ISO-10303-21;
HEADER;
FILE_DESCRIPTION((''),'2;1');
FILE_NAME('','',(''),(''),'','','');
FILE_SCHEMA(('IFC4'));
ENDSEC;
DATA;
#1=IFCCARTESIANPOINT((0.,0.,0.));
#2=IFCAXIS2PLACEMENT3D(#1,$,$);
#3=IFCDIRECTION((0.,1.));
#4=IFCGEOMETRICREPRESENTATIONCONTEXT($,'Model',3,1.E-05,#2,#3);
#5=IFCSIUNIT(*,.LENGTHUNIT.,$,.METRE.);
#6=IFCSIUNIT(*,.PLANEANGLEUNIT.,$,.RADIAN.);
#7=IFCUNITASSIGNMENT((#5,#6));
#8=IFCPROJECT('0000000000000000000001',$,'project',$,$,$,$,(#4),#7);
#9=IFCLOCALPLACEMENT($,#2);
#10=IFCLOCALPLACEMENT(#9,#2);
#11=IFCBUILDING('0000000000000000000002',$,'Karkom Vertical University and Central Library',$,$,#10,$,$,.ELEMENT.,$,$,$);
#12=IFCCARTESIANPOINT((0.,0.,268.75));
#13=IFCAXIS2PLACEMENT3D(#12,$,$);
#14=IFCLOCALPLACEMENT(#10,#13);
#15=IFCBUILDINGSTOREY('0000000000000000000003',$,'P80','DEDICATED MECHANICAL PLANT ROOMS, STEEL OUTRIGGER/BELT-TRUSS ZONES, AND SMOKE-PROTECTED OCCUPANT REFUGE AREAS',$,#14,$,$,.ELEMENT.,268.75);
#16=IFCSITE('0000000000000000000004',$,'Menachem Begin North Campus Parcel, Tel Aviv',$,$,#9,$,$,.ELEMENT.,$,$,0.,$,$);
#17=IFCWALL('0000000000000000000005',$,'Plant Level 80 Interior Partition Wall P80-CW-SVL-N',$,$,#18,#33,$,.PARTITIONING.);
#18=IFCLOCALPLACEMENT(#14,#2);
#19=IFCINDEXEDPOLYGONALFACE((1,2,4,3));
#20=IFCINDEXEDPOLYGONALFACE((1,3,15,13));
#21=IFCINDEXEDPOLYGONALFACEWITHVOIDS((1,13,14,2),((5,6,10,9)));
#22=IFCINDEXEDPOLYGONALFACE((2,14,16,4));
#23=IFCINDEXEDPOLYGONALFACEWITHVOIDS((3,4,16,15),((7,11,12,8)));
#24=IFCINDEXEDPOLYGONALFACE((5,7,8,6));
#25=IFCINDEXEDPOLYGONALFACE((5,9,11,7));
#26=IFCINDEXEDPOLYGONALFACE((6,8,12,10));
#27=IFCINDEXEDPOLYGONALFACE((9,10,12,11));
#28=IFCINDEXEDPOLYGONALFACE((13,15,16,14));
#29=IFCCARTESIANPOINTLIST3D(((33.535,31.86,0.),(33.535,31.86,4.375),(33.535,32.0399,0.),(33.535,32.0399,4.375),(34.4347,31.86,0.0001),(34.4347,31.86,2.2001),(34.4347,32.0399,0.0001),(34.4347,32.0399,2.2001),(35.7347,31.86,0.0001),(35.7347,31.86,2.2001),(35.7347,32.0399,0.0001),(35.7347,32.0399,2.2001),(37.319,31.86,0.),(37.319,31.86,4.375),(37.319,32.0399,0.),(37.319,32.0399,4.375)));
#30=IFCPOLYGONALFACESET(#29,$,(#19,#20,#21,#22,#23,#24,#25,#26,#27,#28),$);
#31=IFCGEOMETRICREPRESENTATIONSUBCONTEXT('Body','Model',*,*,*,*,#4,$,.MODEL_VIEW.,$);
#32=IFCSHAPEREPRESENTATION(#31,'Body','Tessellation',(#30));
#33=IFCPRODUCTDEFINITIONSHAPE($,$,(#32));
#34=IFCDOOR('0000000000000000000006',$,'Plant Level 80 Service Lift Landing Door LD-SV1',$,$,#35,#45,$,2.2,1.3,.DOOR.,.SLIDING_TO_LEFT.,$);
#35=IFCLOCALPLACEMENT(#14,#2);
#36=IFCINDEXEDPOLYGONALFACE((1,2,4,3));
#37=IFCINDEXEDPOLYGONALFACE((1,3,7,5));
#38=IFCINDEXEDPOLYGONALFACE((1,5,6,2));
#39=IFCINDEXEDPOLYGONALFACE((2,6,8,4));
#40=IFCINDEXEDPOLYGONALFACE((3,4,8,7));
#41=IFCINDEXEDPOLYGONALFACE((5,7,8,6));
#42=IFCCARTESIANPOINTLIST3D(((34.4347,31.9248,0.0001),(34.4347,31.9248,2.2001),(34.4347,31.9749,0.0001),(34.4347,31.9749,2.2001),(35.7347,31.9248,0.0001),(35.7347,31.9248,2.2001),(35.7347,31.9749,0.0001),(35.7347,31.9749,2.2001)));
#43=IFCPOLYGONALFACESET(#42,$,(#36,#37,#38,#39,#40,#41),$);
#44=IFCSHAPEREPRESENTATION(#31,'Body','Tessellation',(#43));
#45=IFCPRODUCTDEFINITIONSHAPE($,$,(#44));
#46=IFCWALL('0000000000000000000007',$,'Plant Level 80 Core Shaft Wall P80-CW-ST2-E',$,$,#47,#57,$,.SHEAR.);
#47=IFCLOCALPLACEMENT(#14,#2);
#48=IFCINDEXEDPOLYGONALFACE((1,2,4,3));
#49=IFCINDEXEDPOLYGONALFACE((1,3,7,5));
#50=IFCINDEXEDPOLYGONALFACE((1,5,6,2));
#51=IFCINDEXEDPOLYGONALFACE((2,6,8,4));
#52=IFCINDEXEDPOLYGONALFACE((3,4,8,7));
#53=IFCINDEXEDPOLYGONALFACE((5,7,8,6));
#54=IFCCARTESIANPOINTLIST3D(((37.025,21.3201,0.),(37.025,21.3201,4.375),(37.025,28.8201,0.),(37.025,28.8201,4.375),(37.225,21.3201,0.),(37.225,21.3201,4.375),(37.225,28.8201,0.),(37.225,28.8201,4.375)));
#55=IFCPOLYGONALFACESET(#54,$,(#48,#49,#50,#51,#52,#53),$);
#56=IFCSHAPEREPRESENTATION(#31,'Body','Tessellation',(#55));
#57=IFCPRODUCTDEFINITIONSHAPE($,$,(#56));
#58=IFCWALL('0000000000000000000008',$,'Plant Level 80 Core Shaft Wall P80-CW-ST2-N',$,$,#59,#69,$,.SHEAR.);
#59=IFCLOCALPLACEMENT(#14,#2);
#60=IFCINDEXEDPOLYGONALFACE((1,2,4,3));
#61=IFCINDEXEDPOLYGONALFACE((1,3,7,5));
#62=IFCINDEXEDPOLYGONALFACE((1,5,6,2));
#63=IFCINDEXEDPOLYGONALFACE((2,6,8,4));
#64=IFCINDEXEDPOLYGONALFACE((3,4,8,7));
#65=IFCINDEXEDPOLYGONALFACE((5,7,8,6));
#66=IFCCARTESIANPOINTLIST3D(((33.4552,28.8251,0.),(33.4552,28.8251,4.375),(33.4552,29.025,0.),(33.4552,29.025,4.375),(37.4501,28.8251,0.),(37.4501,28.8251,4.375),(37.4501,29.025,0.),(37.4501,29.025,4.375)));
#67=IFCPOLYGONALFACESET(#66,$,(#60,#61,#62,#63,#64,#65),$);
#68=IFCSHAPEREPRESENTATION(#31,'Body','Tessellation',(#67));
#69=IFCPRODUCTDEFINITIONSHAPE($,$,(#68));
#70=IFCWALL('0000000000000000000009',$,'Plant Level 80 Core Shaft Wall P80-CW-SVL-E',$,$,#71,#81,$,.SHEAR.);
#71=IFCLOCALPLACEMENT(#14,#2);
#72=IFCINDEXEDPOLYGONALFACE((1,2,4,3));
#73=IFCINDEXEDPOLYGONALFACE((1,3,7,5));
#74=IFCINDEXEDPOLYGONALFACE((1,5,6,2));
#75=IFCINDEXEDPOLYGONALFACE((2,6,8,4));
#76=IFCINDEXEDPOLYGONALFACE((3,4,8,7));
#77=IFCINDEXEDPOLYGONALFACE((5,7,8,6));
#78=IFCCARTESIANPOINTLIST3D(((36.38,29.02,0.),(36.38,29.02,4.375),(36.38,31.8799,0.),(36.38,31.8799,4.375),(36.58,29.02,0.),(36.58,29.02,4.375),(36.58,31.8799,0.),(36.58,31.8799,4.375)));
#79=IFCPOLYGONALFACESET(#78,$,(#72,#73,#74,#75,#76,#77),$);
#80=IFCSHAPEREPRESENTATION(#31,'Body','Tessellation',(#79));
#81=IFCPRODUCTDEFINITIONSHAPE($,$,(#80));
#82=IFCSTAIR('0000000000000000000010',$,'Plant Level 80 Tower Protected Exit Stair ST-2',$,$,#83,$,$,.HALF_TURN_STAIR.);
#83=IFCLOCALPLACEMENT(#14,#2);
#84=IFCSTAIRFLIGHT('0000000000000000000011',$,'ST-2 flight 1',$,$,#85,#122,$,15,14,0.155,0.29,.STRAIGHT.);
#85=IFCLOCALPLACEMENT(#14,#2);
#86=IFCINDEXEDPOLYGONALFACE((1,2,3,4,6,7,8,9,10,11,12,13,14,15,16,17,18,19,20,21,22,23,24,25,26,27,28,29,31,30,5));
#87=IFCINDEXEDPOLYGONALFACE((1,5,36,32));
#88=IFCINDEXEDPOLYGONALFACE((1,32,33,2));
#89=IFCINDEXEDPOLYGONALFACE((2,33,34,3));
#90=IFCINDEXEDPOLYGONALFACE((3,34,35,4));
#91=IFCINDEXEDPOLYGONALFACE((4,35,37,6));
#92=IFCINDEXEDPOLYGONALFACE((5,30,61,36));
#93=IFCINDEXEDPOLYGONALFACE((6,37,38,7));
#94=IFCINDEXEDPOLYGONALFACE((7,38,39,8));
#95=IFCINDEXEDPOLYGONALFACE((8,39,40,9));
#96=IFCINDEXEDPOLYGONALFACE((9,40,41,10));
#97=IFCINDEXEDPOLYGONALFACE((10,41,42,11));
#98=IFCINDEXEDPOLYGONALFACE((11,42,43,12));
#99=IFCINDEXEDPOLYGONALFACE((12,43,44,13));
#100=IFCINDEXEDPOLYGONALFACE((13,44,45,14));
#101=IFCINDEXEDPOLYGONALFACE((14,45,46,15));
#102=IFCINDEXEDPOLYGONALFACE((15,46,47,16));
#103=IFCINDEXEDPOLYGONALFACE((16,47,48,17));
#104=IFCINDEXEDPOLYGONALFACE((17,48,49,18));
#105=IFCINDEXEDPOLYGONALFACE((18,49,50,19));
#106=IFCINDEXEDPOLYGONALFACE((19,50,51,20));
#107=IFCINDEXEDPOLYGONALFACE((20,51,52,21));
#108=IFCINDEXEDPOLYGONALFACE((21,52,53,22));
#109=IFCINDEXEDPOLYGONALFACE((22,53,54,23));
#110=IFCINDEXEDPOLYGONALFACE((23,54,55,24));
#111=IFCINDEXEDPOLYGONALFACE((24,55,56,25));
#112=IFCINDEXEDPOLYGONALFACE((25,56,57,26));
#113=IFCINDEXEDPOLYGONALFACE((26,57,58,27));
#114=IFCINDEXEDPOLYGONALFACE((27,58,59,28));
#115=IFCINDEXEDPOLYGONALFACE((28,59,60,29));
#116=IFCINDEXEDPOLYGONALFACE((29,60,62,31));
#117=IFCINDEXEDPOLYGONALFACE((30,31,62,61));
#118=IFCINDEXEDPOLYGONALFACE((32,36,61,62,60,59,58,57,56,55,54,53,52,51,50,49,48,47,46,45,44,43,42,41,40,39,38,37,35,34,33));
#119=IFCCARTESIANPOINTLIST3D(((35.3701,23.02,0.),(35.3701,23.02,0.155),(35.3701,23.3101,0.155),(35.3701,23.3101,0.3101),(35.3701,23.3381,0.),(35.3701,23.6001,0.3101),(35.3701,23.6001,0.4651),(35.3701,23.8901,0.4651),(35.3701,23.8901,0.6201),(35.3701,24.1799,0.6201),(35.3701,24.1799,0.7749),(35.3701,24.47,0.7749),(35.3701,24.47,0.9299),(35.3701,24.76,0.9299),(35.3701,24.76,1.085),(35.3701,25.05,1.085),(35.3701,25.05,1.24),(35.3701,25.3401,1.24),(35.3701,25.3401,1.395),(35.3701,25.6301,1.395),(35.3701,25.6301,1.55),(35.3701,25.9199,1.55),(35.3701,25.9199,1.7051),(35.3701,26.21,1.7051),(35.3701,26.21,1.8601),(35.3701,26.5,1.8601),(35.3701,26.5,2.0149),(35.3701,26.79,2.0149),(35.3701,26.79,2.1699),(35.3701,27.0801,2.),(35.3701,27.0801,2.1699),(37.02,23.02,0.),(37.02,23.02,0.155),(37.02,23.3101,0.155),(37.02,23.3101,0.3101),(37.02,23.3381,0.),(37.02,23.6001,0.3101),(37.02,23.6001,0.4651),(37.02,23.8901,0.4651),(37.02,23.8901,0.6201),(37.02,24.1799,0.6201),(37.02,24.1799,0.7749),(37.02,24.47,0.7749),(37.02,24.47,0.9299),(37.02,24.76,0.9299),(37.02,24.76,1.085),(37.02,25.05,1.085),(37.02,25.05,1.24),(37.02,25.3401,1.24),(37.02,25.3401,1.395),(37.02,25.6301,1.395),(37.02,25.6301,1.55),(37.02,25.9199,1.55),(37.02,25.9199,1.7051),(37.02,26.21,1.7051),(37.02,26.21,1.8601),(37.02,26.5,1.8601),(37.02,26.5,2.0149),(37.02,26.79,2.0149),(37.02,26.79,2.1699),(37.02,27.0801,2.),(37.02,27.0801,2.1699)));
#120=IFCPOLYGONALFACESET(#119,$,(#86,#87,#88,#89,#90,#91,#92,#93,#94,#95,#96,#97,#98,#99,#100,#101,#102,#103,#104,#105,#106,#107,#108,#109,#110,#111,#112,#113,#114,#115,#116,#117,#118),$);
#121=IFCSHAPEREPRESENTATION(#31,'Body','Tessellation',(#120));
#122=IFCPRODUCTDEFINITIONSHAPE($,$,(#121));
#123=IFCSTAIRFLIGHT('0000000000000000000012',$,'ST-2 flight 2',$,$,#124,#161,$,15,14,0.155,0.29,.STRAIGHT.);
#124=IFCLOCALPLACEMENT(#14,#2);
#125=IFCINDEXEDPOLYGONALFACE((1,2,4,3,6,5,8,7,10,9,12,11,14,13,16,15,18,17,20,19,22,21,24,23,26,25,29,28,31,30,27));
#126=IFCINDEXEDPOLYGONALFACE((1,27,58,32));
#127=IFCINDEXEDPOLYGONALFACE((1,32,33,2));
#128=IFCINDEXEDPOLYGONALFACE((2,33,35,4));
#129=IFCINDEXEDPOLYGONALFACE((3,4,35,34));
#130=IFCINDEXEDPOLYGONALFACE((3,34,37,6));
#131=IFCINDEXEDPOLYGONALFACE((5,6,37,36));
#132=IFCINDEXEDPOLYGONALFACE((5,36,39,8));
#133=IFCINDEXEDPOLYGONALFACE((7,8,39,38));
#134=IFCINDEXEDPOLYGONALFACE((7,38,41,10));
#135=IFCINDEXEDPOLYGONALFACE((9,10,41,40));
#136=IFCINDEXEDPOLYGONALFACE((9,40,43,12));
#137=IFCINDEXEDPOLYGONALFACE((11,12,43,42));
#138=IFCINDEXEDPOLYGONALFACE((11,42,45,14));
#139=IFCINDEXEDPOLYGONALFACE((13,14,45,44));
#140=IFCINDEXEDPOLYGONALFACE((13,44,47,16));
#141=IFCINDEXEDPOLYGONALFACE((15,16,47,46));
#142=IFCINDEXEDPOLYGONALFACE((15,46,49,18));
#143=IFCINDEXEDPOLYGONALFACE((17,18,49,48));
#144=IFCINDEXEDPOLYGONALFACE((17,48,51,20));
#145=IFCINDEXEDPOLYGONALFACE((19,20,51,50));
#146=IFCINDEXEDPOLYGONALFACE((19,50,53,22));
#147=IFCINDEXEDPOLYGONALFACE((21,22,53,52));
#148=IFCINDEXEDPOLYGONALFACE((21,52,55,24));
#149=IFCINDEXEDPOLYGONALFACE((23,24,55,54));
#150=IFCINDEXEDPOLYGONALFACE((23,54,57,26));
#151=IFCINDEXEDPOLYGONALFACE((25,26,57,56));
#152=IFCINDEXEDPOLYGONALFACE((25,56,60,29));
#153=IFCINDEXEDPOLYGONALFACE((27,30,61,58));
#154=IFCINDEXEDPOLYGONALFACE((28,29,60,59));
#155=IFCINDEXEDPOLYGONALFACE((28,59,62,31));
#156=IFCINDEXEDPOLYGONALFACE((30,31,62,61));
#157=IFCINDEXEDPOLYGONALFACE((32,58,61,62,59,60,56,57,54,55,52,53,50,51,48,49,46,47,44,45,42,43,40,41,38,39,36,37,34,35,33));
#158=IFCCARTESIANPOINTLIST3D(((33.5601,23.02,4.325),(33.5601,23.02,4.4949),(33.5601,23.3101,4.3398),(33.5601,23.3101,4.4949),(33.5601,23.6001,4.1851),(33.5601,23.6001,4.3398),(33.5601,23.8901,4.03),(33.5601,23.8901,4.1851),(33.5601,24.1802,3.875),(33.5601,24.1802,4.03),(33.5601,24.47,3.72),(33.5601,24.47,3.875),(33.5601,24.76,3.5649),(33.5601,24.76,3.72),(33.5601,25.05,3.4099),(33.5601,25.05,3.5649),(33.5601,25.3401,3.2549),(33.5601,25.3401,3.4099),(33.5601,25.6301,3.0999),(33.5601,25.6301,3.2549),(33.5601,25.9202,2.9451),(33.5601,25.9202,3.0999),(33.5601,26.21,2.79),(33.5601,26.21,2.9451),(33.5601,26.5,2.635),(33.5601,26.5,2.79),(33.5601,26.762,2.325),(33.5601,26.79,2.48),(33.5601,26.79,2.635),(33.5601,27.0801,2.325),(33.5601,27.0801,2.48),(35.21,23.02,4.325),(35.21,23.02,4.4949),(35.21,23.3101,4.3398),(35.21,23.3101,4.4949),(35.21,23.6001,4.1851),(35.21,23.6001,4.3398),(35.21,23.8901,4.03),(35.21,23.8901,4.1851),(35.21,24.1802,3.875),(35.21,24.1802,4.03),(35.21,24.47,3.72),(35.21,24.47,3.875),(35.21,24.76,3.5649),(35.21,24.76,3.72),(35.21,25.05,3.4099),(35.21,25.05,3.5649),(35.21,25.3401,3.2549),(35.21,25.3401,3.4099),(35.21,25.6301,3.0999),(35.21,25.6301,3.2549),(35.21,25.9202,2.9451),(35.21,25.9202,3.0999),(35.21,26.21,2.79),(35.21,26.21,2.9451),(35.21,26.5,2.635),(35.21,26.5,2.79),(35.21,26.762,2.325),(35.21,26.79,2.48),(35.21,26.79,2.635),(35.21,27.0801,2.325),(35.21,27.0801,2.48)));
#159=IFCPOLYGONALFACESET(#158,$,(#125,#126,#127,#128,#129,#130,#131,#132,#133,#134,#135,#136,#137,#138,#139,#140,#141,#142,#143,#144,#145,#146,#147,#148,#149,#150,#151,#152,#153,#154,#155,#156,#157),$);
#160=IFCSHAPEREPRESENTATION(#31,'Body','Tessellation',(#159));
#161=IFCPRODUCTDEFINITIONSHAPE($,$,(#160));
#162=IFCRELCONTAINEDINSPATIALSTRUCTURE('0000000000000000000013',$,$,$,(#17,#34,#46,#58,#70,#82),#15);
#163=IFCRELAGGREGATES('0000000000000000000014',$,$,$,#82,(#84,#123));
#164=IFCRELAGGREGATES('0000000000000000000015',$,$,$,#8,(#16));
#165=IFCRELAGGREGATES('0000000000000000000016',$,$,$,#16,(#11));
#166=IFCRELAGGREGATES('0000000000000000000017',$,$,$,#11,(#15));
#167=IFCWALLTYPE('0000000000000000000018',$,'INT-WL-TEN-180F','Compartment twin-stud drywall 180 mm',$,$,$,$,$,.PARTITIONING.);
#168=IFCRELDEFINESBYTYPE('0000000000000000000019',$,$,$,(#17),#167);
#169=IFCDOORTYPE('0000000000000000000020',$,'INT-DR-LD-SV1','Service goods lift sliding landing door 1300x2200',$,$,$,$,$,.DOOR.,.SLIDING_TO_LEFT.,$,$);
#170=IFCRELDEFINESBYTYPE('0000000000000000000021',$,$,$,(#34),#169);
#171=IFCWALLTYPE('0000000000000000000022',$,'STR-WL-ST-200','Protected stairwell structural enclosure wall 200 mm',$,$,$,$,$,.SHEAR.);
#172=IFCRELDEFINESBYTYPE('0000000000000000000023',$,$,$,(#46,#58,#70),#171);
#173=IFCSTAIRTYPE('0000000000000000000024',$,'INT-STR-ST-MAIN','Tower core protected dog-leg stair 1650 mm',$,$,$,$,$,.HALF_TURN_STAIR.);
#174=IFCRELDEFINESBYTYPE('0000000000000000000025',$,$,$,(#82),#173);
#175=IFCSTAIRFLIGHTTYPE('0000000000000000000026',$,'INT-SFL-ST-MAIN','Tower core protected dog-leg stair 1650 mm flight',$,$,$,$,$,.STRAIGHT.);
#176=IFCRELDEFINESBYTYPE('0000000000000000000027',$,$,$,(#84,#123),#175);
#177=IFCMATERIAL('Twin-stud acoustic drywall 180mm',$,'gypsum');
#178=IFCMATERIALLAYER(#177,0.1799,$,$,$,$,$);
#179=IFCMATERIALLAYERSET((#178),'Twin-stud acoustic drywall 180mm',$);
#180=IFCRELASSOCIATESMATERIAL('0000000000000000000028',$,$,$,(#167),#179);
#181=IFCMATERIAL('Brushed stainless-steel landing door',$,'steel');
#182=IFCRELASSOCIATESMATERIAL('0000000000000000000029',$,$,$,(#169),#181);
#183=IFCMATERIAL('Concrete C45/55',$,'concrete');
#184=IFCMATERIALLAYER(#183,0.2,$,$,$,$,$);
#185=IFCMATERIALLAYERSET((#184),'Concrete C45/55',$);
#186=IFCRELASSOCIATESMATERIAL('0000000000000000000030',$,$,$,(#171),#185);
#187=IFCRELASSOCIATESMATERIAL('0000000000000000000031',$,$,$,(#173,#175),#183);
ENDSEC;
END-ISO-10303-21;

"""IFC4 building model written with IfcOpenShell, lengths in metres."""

from ifc_helpers import new_model, si_unit, direction, frame, frame_2d, origin, origin_with_axes, place, context, subcontext, project, spatial, polyline, rectangle, outline, extrude, source, transform, mapped, material, layer, layer_set, type_object, element, fill, aggregate, save


model = new_model("IFC4")

# Units and contexts
model_context = context("Model", 3, precision=1e-05, world=origin(), true_north=direction((0.0, 1.0)))
body_context = subcontext(model_context, "Body", "Model", "MODEL_VIEW")
ifc_project = project(units=[si_unit("LENGTHUNIT", "METRE"), si_unit("PLANEANGLEUNIT", "RADIAN")], contexts=[model_context])

# Site, building, storey
site_placement = place(None, origin())
site = spatial("IfcSite", under=ifc_project, at=site_placement, Name="Menachem Begin North Campus Parcel, Tel Aviv", CompositionType="ELEMENT", RefElevation=0.0)
building_placement = place(site_placement, origin())
building = spatial("IfcBuilding", under=site, at=building_placement, Name="Karkom Vertical University and Central Library", CompositionType="ELEMENT")
storey_placement = place(building_placement, frame((0.0, 0.0, 268.75)))
storey = spatial("IfcBuildingStorey", under=building, at=storey_placement, Name="P80", Description="DEDICATED MECHANICAL PLANT ROOMS, STEEL OUTRIGGER/BELT-TRUSS ZONES, AND SMOKE-PROTECTED OCCUPANT REFUGE AREAS", CompositionType="ELEMENT", Elevation=268.75)

# Shared definitions
ifc_material_1 = material(Name="Concrete C45/55", Category="concrete")

# Wall, opening, door
ifc_material_2 = material(Name="Twin-stud acoustic drywall 180mm", Category="gypsum")
ifc_layer_1 = layer(ifc_material_2, 0.1799)
ifc_layer_set_1 = layer_set([ifc_layer_1], Name="Twin-stud acoustic drywall 180mm")
wall_type_1 = type_object("IfcWallType", Name="INT-WL-TEN-180F", Description="Compartment twin-stud drywall 180 mm", PredefinedType="PARTITIONING", material=ifc_layer_set_1)
wall_1_placement = place(storey_placement, frame((33.5349, 31.95, 0.0), z_axis=(0.0, 0.0, 1.0), x_axis=(1.0, 0.0, 0.0)))
wall_1 = element("IfcWall", 1, at=wall_1_placement, inside=storey, type_object=wall_type_1, Name="Plant Level 80 Interior Partition Wall P80-CW-SVL-N", PredefinedType="PARTITIONING", context=body_context, shape_type="SweptSolid", body=[
    extrude(rectangle(XDim=3.7839, YDim=0.1799, at=frame_2d((1.8921, 0.0))), origin(), (0.0, 0.0, 1.0), 4.375),
])
opening_1_placement = place(wall_1_placement, frame((0.8999, 0.0, 0.0)))
opening_1 = element("IfcOpeningElement", 2, at=opening_1_placement, cuts=wall_1, PredefinedType="OPENING", context=body_context, shape_type="SweptSolid", body=[
    extrude(rectangle(XDim=1.3, YDim=2.2, at=frame_2d((0.6499, 1.1001))), frame((0.0, 0.1001, 0.0), z_axis=(0.0, -1.0, 0.0), x_axis=(1.0, 0.0, 0.0)), (0.0, 0.0, 1.0), 0.2),
])
ifc_material_3 = material(Name="Brushed stainless-steel landing door", Category="steel")
door_type_1 = type_object("IfcDoorType", Name="INT-DR-LD-SV1", Description="Service goods lift sliding landing door 1300x2200", OperationType="SLIDING_TO_LEFT", PredefinedType="DOOR", material=ifc_material_3)
shared_shape_1 = source(origin_with_axes(), body_context, "Body", "SweptSolid", [
    extrude(rectangle(XDim=1.3, YDim=2.2, at=frame_2d((0.6499, 1.1001))), frame((0.0, 0.0249, 0.0), z_axis=(0.0, -1.0, 0.0), x_axis=(1.0, 0.0, 0.0)), (0.0, 0.0, 1.0), 0.05),
])
door_1_placement = place(opening_1_placement, origin())
door_1 = element("IfcDoor", 3, at=door_1_placement, inside=storey, type_object=door_type_1, Name="Plant Level 80 Service Lift Landing Door LD-SV1", OperationType="SLIDING_TO_LEFT", OverallHeight=2.2, OverallWidth=1.3, PredefinedType="DOOR", context=body_context, shape_type="MappedRepresentation", body=[
    mapped(shared_shape_1, transform((0.0, 0.0, 0.0), scale=1.0)),
])
fill(opening_1, door_1)

# Walls
ifc_layer_2 = layer(ifc_material_1, 0.2)
ifc_layer_set_2 = layer_set([ifc_layer_2], Name="Concrete C45/55")
wall_type_2 = type_object("IfcWallType", Name="STR-WL-ST-200", Description="Protected stairwell structural enclosure wall 200 mm", PredefinedType="SHEAR", material=ifc_layer_set_2)
wall_2_placement = place(storey_placement, frame((37.125, 21.3201, 0.0), z_axis=(0.0, 0.0, 1.0), x_axis=(0.0, 1.0, 0.0)))
element("IfcWall", 4, at=wall_2_placement, inside=storey, type_object=wall_type_2, Name="Plant Level 80 Core Shaft Wall P80-CW-ST2-E", PredefinedType="SHEAR", context=body_context, shape_type="SweptSolid", body=[
    extrude(rectangle(XDim=7.5, YDim=0.2, at=frame_2d((3.75, 0.0))), origin(), (0.0, 0.0, 1.0), 4.375),
])
wall_3_placement = place(storey_placement, frame((33.4551, 28.925, 0.0), z_axis=(0.0, 0.0, 1.0), x_axis=(1.0, 0.0, 0.0)))
element("IfcWall", 5, at=wall_3_placement, inside=storey, type_object=wall_type_2, Name="Plant Level 80 Core Shaft Wall P80-CW-ST2-N", PredefinedType="SHEAR", context=body_context, shape_type="SweptSolid", body=[
    extrude(rectangle(XDim=3.9949, YDim=0.2, at=frame_2d((1.9976, 0.0))), origin(), (0.0, 0.0, 1.0), 4.375),
])
wall_4_placement = place(storey_placement, frame((36.48, 29.02, 0.0), z_axis=(0.0, 0.0, 1.0), x_axis=(0.0, 1.0, 0.0)))
element("IfcWall", 6, at=wall_4_placement, inside=storey, type_object=wall_type_2, Name="Plant Level 80 Core Shaft Wall P80-CW-SVL-E", PredefinedType="SHEAR", context=body_context, shape_type="SweptSolid", body=[
    extrude(rectangle(XDim=2.8599, YDim=0.2, at=frame_2d((1.4299, 0.0))), origin(), (0.0, 0.0, 1.0), 4.375),
])

# Stair, stair flights
stair_type = type_object("IfcStairType", Name="INT-STR-ST-MAIN", Description="Tower core protected dog-leg stair 1650 mm", PredefinedType="HALF_TURN_STAIR", material=ifc_material_1)
stair_placement = place(storey_placement, origin())
stair = element("IfcStair", 7, at=stair_placement, inside=storey, type_object=stair_type, Name="Plant Level 80 Tower Protected Exit Stair ST-2", PredefinedType="HALF_TURN_STAIR")
stair_flight_type = type_object("IfcStairFlightType", Name="INT-SFL-ST-MAIN", Description="Tower core protected dog-leg stair 1650 mm flight", PredefinedType="STRAIGHT", material=ifc_material_1)
stair_flight_1_placement = place(storey_placement, frame((36.1951, 23.02, 0.0), z_axis=(0.0, 0.0, 1.0), x_axis=(0.0, 1.0, 0.0)))
stair_flight_1 = element("IfcStairFlight", 8, at=stair_flight_1_placement, type_object=stair_flight_type, Name="ST-2 flight 1", NumberOfRisers=15, NumberOfTreads=14, PredefinedType="STRAIGHT", RiserHeight=0.155, TreadLength=0.29, context=body_context, shape_type="SweptSolid", body=[
    extrude(outline(polyline([(0.0, 0.0), (0.0, 0.155), (0.29, 0.155), (0.29, 0.3101), (0.5801, 0.3101), (0.5801, 0.4651), (0.8701, 0.4651), (0.8701, 0.6201), (1.1599, 0.6201), (1.1599, 0.7749), (1.45, 0.7749), (1.45, 0.9299), (1.74, 0.9299), (1.74, 1.085), (2.03, 1.085), (2.03, 1.24), (2.3201, 1.24), (2.3201, 1.395), (2.6101, 1.395), (2.6101, 1.55), (2.8999, 1.55), (2.8999, 1.7051), (3.1899, 1.7051), (3.1899, 1.8601), (3.48, 1.8601), (3.48, 2.0149), (3.77, 2.0149), (3.77, 2.1699), (4.0601, 2.1699), (4.0601, 2.325), (4.0601, 2.0), (0.3181, 0.0), (0.0, 0.0)])), frame((0.0, 0.825, 0.0), z_axis=(0.0, -1.0, 0.0), x_axis=(1.0, 0.0, 0.0)), (0.0, 0.0, 1.0), 1.6499),
])
stair_flight_2_placement = place(storey_placement, frame((34.385, 27.0801, 2.325), z_axis=(0.0, 0.0, 1.0), x_axis=(0.0, -1.0, 0.0)))
stair_flight_2 = element("IfcStairFlight", 9, at=stair_flight_2_placement, type_object=stair_flight_type, Name="ST-2 flight 2", NumberOfRisers=15, NumberOfTreads=14, PredefinedType="STRAIGHT", RiserHeight=0.155, TreadLength=0.29, context=body_context, shape_type="SweptSolid", body=[
    extrude(outline(polyline([(0.0, 0.0), (0.0, 0.155), (0.29, 0.155), (0.29, 0.3101), (0.5801, 0.3101), (0.5801, 0.4651), (0.8701, 0.4651), (0.8701, 0.6201), (1.1599, 0.6201), (1.1599, 0.7749), (1.45, 0.7749), (1.45, 0.9299), (1.74, 0.9299), (1.74, 1.085), (2.03, 1.085), (2.03, 1.24), (2.3201, 1.24), (2.3201, 1.395), (2.6101, 1.395), (2.6101, 1.55), (2.8999, 1.55), (2.8999, 1.7051), (3.1899, 1.7051), (3.1899, 1.8601), (3.48, 1.8601), (3.48, 2.0149), (3.77, 2.0149), (3.77, 2.1699), (4.0601, 2.1699), (4.0601, 2.325), (4.0601, 2.0), (0.3181, 0.0), (0.0, 0.0)])), frame((0.0, 0.825, 0.0), z_axis=(0.0, -1.0, 0.0), x_axis=(1.0, 0.0, 0.0)), (0.0, 0.0, 1.0), 1.6499),
])
aggregate(stair, [stair_flight_1, stair_flight_2])

save(model, "model.ifc")
